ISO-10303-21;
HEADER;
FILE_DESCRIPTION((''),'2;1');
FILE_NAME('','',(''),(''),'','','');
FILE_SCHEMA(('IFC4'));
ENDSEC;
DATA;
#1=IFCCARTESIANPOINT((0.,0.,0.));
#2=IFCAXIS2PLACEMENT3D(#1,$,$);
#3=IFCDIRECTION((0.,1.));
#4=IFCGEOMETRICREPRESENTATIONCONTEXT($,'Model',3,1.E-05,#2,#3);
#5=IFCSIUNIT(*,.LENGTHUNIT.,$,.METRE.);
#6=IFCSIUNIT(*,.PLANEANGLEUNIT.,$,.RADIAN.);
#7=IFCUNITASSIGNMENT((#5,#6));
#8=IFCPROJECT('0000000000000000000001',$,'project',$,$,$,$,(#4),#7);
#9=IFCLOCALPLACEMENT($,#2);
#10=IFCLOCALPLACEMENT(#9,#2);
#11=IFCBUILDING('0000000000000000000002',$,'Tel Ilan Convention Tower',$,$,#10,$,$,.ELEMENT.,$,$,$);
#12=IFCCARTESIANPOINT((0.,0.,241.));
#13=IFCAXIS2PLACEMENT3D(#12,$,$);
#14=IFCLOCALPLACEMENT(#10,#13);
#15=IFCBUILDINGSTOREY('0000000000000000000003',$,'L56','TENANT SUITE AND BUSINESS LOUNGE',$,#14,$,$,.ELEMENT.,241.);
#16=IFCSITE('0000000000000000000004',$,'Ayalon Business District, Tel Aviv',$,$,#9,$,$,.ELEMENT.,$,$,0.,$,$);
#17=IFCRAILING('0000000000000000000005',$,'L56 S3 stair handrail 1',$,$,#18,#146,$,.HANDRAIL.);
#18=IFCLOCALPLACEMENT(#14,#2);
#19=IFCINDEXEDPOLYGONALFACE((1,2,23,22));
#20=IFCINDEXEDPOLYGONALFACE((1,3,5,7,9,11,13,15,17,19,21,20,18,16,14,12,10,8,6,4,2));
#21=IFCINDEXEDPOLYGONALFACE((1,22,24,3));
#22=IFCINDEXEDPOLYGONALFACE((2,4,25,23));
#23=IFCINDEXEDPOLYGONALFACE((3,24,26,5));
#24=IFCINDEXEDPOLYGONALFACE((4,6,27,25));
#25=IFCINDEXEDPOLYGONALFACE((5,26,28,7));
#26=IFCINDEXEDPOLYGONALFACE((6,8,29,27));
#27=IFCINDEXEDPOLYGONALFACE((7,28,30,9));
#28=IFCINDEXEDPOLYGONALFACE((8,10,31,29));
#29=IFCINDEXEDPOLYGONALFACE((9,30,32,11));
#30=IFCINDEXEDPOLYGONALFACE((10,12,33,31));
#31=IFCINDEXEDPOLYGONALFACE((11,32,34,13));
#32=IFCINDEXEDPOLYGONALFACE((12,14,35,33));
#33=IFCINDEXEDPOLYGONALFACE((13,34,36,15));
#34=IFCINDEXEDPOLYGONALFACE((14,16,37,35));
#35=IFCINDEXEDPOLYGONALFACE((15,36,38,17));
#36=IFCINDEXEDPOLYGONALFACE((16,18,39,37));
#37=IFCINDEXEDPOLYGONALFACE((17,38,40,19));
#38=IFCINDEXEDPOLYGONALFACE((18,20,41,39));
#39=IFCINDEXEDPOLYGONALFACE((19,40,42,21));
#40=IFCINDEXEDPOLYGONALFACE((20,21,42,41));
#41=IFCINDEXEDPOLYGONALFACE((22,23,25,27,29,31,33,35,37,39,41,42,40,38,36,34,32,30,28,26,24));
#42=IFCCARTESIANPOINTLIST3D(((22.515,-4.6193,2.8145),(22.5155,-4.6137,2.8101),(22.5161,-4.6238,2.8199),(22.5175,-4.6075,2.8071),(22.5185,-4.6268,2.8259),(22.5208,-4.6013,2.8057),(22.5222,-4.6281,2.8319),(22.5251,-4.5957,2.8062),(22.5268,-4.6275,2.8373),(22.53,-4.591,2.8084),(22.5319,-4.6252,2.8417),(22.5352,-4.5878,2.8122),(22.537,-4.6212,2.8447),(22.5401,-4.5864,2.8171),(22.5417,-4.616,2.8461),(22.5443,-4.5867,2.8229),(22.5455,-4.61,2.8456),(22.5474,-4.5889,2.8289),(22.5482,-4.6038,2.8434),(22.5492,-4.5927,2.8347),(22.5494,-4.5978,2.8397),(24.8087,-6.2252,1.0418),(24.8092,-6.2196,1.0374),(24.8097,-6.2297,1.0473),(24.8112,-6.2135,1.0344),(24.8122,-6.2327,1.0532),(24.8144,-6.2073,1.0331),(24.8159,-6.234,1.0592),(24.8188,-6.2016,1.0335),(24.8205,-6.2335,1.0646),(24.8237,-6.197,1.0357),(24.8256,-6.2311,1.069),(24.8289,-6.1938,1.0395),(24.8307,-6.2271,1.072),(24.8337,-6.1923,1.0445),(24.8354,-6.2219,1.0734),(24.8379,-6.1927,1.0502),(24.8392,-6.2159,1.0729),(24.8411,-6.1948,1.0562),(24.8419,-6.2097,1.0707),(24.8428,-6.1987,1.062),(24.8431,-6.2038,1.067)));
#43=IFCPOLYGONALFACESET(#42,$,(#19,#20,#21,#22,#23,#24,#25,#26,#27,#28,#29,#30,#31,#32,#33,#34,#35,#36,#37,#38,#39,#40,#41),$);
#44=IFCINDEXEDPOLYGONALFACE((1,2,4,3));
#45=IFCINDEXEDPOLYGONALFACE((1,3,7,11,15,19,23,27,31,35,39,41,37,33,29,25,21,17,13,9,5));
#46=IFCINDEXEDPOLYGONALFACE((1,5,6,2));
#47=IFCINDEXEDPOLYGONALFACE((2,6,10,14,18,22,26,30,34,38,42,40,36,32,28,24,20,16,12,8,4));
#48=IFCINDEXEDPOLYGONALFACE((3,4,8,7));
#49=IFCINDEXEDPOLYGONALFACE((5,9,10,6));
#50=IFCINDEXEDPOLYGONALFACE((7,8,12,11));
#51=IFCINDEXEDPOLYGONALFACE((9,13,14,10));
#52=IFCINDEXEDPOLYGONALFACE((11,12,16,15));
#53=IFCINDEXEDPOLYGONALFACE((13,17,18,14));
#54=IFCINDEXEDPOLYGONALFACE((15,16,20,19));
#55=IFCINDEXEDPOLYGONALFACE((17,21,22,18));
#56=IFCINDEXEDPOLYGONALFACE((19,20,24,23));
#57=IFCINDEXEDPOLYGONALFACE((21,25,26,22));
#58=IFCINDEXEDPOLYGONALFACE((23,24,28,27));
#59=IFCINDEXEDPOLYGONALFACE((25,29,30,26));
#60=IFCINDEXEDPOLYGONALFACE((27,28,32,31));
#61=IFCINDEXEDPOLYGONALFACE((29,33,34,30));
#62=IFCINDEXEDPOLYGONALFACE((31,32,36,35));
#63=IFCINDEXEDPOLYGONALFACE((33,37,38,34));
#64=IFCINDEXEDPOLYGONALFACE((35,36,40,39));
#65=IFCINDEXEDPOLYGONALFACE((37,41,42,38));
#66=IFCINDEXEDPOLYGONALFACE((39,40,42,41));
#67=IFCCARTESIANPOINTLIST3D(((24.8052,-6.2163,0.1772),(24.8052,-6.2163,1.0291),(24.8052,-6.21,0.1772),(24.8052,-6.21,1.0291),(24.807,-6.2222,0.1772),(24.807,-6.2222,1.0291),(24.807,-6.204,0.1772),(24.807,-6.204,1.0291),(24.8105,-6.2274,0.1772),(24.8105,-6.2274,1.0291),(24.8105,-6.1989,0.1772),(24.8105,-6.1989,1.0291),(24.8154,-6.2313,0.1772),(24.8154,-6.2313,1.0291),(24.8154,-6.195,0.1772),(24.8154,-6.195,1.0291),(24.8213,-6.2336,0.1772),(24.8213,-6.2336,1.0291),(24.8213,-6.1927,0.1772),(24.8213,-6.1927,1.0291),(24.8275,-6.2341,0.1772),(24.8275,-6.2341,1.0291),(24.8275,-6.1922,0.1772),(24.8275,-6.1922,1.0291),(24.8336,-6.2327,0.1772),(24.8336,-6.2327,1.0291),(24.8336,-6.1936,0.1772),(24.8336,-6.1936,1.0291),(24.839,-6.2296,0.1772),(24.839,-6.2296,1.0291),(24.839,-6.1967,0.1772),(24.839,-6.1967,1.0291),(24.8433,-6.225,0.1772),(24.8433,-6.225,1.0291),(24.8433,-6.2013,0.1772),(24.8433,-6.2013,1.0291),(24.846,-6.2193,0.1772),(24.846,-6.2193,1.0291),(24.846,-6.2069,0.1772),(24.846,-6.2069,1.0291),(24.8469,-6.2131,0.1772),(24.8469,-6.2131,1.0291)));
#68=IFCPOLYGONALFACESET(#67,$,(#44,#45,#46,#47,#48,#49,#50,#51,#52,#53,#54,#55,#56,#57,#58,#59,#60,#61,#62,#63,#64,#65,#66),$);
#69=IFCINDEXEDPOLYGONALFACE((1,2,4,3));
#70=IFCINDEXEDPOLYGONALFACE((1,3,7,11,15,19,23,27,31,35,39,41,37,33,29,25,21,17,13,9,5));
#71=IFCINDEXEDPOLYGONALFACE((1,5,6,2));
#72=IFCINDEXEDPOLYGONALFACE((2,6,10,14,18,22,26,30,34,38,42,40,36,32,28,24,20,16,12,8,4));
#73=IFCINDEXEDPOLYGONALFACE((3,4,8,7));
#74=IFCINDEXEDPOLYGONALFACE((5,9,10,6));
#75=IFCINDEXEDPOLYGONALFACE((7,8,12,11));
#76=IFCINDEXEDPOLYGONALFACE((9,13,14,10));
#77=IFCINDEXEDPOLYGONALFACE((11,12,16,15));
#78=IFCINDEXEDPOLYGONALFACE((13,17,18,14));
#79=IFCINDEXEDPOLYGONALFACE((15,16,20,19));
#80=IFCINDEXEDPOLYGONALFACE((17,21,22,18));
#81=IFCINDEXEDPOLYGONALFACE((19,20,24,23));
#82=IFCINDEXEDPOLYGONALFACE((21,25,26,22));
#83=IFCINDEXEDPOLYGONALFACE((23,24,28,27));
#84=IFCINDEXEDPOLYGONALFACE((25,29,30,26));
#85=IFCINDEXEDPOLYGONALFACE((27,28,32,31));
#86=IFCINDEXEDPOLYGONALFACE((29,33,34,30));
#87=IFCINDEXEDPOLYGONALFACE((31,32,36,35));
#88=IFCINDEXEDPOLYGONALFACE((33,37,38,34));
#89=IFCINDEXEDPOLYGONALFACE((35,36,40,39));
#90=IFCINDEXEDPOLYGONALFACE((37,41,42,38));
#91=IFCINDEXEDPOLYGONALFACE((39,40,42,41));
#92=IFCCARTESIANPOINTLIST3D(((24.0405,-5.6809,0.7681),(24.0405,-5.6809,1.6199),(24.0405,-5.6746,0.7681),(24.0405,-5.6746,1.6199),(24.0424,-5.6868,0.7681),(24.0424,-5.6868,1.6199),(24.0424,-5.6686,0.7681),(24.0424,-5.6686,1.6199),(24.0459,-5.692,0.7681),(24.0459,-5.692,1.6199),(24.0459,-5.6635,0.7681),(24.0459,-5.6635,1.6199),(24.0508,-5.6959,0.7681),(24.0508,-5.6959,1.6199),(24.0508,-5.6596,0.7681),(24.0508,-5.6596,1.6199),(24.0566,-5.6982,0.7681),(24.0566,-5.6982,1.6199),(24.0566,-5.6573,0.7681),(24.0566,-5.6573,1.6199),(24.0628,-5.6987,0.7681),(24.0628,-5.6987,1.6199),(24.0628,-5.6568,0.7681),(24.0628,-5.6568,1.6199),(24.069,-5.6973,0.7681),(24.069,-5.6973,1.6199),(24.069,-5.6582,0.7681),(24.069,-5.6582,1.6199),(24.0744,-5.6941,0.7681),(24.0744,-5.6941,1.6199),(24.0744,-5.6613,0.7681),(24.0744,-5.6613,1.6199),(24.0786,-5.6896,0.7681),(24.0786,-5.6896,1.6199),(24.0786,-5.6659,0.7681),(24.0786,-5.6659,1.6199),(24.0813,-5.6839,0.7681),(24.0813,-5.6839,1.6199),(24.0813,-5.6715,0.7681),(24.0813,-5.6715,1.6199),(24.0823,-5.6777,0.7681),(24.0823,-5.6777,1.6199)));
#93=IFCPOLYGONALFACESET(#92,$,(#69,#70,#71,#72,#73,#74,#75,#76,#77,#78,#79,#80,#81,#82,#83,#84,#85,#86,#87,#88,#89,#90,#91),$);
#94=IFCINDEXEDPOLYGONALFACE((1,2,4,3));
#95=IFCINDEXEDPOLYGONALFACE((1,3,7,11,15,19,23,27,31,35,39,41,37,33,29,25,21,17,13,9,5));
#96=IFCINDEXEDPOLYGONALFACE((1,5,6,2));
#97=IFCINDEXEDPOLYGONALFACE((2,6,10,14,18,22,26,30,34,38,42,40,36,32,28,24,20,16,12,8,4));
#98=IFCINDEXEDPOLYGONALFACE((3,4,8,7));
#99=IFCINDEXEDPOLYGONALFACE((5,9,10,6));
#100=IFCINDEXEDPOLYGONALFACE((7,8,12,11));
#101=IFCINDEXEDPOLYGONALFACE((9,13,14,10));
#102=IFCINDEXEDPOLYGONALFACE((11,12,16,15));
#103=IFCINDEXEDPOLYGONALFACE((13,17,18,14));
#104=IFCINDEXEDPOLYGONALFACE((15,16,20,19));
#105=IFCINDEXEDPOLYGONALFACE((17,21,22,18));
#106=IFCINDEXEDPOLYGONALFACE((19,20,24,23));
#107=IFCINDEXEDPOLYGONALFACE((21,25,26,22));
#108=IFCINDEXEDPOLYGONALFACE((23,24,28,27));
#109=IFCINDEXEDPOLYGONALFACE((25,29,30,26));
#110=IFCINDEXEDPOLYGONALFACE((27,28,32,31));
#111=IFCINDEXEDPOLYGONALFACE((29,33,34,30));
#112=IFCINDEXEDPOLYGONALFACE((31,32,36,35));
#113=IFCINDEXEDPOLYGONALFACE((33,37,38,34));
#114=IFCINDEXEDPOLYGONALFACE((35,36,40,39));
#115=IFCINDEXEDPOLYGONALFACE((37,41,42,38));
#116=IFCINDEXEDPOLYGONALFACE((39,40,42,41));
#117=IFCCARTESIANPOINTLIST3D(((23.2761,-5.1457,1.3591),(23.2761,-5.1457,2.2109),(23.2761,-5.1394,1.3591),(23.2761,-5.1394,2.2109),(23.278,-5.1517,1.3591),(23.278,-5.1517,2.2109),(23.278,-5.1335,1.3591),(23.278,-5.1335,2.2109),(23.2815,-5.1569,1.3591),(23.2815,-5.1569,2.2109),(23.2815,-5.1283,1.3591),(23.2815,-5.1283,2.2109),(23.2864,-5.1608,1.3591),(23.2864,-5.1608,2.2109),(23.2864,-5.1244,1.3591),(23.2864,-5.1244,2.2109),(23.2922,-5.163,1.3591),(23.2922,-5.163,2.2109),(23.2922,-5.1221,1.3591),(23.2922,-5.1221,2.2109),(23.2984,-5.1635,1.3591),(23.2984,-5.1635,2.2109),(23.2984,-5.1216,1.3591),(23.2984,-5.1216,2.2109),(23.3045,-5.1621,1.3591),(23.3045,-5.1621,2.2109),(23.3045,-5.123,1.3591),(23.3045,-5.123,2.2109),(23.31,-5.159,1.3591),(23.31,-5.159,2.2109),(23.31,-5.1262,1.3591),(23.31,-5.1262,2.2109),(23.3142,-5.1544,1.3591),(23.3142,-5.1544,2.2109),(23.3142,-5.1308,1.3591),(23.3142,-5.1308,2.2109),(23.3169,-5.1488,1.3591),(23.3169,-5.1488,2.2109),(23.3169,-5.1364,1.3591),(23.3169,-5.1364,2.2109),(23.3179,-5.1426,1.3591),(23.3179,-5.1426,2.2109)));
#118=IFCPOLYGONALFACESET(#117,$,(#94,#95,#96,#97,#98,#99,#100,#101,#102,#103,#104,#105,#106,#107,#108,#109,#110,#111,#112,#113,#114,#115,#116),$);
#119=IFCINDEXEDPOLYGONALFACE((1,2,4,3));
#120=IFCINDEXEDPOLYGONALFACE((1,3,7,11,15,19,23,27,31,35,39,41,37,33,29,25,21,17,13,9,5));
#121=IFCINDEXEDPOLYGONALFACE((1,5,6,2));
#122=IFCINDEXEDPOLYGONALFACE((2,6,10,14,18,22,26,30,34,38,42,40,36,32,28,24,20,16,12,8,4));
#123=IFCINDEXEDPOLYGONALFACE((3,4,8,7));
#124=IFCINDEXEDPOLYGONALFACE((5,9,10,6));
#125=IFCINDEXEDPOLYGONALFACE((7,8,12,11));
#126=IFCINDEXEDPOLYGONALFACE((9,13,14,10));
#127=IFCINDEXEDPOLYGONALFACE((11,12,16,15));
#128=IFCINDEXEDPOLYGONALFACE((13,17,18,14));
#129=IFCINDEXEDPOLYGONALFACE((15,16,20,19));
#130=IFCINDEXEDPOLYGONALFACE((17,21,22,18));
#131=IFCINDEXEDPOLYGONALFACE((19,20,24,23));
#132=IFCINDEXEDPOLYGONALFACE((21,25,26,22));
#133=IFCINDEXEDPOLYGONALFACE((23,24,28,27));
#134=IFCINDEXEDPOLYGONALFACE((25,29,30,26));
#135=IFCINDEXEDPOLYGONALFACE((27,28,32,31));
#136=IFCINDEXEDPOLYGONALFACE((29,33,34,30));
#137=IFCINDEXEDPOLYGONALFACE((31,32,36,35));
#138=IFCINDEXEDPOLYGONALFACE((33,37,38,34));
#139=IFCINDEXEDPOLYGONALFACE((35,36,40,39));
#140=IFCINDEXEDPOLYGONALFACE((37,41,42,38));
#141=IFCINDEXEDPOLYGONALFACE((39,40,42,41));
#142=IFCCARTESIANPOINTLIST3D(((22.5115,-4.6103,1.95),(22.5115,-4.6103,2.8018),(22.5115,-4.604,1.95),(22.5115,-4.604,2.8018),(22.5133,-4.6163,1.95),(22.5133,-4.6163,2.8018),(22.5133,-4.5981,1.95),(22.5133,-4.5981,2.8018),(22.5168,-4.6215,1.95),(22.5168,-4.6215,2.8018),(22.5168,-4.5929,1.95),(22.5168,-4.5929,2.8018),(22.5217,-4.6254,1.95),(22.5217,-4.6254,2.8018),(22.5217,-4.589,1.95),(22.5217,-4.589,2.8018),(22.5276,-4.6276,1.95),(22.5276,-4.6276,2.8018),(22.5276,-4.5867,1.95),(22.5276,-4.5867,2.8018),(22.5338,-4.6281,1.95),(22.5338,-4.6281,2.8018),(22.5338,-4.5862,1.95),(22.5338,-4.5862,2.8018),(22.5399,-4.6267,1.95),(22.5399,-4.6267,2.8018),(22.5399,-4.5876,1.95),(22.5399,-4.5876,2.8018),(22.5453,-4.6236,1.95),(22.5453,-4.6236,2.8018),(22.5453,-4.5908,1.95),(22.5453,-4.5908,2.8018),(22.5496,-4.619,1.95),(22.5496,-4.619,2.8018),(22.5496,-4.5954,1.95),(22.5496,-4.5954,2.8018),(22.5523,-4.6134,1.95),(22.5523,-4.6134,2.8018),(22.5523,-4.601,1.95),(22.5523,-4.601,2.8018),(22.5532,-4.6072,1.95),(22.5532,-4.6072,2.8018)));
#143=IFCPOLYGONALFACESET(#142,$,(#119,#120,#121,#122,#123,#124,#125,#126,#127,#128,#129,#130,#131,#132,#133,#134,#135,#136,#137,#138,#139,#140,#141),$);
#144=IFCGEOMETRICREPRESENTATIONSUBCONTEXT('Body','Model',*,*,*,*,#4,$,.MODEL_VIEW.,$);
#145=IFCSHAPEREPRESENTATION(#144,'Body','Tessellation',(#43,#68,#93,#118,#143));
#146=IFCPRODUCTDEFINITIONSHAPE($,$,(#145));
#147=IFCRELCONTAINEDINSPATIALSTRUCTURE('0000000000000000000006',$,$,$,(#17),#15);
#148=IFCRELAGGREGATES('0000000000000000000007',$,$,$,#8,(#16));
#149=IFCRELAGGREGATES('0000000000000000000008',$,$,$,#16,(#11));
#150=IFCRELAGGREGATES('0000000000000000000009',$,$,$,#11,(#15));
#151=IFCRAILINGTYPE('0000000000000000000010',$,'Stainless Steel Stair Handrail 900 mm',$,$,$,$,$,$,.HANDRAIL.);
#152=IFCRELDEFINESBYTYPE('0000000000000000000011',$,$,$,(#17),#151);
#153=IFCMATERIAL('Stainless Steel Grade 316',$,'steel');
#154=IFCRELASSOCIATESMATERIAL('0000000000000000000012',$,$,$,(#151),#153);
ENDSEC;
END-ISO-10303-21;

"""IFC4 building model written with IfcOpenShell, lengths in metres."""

from ifc_helpers import new_model, si_unit, direction, frame, origin, origin_2d, place, context, subcontext, project, spatial, circle, extrude, material, type_object, element, save


model = new_model("IFC4")

# Units and contexts
model_context = context("Model", 3, precision=1e-05, world=origin(), true_north=direction((0.0, 1.0)))
body_context = subcontext(model_context, "Body", "Model", "MODEL_VIEW")
ifc_project = project(units=[si_unit("LENGTHUNIT", "METRE"), si_unit("PLANEANGLEUNIT", "RADIAN")], contexts=[model_context])

# Site, building, storey
site_placement = place(None, origin())
site = spatial("IfcSite", under=ifc_project, at=site_placement, Name="Ayalon Business District, Tel Aviv", CompositionType="ELEMENT", RefElevation=0.0)
building_placement = place(site_placement, origin())
building = spatial("IfcBuilding", under=site, at=building_placement, Name="Tel Ilan Convention Tower", CompositionType="ELEMENT")
storey_placement = place(building_placement, frame((0.0, 0.0, 241.0)))
storey = spatial("IfcBuildingStorey", under=building, at=storey_placement, Name="L56", Description="TENANT SUITE AND BUSINESS LOUNGE", CompositionType="ELEMENT", Elevation=241.0)

# Railing
ifc_material_1 = material(Name="Stainless Steel Grade 316", Category="steel")
railing_type_1 = type_object("IfcRailingType", Name="Stainless Steel Stair Handrail 900 mm", PredefinedType="HANDRAIL", material=ifc_material_1)
railing_1_placement = place(storey_placement, frame((24.8259, -6.2131, 0.1772)))
element("IfcRailing", 1, at=railing_1_placement, inside=storey, type_object=railing_type_1, Name="L56 S3 stair handrail 1", PredefinedType="HANDRAIL", context=body_context, shape_type="SweptSolid", body=[
    extrude(circle(Radius=0.0239, at=origin_2d()), frame((0.0, 0.0, 0.876), z_axis=(-0.692123, 0.484597, 0.534913), x_axis=(-0.57355, -0.81917, 0.0)), (0.0, 0.0, 1.0), 3.314),
    extrude(circle(Radius=0.021, at=origin_2d()), origin(), (0.0, 0.0, 1.0), 0.8518),
    extrude(circle(Radius=0.021, at=origin_2d()), frame((-0.7646, 0.5354, 0.5908)), (0.0, 0.0, 1.0), 0.8518),
    extrude(circle(Radius=0.021, at=origin_2d()), frame((-1.5291, 1.0706, 1.1819)), (0.0, 0.0, 1.0), 0.8518),
    extrude(circle(Radius=0.021, at=origin_2d()), frame((-2.2937, 1.606, 1.7727)), (0.0, 0.0, 1.0), 0.8518),
])

save(model, "model.ifc")
